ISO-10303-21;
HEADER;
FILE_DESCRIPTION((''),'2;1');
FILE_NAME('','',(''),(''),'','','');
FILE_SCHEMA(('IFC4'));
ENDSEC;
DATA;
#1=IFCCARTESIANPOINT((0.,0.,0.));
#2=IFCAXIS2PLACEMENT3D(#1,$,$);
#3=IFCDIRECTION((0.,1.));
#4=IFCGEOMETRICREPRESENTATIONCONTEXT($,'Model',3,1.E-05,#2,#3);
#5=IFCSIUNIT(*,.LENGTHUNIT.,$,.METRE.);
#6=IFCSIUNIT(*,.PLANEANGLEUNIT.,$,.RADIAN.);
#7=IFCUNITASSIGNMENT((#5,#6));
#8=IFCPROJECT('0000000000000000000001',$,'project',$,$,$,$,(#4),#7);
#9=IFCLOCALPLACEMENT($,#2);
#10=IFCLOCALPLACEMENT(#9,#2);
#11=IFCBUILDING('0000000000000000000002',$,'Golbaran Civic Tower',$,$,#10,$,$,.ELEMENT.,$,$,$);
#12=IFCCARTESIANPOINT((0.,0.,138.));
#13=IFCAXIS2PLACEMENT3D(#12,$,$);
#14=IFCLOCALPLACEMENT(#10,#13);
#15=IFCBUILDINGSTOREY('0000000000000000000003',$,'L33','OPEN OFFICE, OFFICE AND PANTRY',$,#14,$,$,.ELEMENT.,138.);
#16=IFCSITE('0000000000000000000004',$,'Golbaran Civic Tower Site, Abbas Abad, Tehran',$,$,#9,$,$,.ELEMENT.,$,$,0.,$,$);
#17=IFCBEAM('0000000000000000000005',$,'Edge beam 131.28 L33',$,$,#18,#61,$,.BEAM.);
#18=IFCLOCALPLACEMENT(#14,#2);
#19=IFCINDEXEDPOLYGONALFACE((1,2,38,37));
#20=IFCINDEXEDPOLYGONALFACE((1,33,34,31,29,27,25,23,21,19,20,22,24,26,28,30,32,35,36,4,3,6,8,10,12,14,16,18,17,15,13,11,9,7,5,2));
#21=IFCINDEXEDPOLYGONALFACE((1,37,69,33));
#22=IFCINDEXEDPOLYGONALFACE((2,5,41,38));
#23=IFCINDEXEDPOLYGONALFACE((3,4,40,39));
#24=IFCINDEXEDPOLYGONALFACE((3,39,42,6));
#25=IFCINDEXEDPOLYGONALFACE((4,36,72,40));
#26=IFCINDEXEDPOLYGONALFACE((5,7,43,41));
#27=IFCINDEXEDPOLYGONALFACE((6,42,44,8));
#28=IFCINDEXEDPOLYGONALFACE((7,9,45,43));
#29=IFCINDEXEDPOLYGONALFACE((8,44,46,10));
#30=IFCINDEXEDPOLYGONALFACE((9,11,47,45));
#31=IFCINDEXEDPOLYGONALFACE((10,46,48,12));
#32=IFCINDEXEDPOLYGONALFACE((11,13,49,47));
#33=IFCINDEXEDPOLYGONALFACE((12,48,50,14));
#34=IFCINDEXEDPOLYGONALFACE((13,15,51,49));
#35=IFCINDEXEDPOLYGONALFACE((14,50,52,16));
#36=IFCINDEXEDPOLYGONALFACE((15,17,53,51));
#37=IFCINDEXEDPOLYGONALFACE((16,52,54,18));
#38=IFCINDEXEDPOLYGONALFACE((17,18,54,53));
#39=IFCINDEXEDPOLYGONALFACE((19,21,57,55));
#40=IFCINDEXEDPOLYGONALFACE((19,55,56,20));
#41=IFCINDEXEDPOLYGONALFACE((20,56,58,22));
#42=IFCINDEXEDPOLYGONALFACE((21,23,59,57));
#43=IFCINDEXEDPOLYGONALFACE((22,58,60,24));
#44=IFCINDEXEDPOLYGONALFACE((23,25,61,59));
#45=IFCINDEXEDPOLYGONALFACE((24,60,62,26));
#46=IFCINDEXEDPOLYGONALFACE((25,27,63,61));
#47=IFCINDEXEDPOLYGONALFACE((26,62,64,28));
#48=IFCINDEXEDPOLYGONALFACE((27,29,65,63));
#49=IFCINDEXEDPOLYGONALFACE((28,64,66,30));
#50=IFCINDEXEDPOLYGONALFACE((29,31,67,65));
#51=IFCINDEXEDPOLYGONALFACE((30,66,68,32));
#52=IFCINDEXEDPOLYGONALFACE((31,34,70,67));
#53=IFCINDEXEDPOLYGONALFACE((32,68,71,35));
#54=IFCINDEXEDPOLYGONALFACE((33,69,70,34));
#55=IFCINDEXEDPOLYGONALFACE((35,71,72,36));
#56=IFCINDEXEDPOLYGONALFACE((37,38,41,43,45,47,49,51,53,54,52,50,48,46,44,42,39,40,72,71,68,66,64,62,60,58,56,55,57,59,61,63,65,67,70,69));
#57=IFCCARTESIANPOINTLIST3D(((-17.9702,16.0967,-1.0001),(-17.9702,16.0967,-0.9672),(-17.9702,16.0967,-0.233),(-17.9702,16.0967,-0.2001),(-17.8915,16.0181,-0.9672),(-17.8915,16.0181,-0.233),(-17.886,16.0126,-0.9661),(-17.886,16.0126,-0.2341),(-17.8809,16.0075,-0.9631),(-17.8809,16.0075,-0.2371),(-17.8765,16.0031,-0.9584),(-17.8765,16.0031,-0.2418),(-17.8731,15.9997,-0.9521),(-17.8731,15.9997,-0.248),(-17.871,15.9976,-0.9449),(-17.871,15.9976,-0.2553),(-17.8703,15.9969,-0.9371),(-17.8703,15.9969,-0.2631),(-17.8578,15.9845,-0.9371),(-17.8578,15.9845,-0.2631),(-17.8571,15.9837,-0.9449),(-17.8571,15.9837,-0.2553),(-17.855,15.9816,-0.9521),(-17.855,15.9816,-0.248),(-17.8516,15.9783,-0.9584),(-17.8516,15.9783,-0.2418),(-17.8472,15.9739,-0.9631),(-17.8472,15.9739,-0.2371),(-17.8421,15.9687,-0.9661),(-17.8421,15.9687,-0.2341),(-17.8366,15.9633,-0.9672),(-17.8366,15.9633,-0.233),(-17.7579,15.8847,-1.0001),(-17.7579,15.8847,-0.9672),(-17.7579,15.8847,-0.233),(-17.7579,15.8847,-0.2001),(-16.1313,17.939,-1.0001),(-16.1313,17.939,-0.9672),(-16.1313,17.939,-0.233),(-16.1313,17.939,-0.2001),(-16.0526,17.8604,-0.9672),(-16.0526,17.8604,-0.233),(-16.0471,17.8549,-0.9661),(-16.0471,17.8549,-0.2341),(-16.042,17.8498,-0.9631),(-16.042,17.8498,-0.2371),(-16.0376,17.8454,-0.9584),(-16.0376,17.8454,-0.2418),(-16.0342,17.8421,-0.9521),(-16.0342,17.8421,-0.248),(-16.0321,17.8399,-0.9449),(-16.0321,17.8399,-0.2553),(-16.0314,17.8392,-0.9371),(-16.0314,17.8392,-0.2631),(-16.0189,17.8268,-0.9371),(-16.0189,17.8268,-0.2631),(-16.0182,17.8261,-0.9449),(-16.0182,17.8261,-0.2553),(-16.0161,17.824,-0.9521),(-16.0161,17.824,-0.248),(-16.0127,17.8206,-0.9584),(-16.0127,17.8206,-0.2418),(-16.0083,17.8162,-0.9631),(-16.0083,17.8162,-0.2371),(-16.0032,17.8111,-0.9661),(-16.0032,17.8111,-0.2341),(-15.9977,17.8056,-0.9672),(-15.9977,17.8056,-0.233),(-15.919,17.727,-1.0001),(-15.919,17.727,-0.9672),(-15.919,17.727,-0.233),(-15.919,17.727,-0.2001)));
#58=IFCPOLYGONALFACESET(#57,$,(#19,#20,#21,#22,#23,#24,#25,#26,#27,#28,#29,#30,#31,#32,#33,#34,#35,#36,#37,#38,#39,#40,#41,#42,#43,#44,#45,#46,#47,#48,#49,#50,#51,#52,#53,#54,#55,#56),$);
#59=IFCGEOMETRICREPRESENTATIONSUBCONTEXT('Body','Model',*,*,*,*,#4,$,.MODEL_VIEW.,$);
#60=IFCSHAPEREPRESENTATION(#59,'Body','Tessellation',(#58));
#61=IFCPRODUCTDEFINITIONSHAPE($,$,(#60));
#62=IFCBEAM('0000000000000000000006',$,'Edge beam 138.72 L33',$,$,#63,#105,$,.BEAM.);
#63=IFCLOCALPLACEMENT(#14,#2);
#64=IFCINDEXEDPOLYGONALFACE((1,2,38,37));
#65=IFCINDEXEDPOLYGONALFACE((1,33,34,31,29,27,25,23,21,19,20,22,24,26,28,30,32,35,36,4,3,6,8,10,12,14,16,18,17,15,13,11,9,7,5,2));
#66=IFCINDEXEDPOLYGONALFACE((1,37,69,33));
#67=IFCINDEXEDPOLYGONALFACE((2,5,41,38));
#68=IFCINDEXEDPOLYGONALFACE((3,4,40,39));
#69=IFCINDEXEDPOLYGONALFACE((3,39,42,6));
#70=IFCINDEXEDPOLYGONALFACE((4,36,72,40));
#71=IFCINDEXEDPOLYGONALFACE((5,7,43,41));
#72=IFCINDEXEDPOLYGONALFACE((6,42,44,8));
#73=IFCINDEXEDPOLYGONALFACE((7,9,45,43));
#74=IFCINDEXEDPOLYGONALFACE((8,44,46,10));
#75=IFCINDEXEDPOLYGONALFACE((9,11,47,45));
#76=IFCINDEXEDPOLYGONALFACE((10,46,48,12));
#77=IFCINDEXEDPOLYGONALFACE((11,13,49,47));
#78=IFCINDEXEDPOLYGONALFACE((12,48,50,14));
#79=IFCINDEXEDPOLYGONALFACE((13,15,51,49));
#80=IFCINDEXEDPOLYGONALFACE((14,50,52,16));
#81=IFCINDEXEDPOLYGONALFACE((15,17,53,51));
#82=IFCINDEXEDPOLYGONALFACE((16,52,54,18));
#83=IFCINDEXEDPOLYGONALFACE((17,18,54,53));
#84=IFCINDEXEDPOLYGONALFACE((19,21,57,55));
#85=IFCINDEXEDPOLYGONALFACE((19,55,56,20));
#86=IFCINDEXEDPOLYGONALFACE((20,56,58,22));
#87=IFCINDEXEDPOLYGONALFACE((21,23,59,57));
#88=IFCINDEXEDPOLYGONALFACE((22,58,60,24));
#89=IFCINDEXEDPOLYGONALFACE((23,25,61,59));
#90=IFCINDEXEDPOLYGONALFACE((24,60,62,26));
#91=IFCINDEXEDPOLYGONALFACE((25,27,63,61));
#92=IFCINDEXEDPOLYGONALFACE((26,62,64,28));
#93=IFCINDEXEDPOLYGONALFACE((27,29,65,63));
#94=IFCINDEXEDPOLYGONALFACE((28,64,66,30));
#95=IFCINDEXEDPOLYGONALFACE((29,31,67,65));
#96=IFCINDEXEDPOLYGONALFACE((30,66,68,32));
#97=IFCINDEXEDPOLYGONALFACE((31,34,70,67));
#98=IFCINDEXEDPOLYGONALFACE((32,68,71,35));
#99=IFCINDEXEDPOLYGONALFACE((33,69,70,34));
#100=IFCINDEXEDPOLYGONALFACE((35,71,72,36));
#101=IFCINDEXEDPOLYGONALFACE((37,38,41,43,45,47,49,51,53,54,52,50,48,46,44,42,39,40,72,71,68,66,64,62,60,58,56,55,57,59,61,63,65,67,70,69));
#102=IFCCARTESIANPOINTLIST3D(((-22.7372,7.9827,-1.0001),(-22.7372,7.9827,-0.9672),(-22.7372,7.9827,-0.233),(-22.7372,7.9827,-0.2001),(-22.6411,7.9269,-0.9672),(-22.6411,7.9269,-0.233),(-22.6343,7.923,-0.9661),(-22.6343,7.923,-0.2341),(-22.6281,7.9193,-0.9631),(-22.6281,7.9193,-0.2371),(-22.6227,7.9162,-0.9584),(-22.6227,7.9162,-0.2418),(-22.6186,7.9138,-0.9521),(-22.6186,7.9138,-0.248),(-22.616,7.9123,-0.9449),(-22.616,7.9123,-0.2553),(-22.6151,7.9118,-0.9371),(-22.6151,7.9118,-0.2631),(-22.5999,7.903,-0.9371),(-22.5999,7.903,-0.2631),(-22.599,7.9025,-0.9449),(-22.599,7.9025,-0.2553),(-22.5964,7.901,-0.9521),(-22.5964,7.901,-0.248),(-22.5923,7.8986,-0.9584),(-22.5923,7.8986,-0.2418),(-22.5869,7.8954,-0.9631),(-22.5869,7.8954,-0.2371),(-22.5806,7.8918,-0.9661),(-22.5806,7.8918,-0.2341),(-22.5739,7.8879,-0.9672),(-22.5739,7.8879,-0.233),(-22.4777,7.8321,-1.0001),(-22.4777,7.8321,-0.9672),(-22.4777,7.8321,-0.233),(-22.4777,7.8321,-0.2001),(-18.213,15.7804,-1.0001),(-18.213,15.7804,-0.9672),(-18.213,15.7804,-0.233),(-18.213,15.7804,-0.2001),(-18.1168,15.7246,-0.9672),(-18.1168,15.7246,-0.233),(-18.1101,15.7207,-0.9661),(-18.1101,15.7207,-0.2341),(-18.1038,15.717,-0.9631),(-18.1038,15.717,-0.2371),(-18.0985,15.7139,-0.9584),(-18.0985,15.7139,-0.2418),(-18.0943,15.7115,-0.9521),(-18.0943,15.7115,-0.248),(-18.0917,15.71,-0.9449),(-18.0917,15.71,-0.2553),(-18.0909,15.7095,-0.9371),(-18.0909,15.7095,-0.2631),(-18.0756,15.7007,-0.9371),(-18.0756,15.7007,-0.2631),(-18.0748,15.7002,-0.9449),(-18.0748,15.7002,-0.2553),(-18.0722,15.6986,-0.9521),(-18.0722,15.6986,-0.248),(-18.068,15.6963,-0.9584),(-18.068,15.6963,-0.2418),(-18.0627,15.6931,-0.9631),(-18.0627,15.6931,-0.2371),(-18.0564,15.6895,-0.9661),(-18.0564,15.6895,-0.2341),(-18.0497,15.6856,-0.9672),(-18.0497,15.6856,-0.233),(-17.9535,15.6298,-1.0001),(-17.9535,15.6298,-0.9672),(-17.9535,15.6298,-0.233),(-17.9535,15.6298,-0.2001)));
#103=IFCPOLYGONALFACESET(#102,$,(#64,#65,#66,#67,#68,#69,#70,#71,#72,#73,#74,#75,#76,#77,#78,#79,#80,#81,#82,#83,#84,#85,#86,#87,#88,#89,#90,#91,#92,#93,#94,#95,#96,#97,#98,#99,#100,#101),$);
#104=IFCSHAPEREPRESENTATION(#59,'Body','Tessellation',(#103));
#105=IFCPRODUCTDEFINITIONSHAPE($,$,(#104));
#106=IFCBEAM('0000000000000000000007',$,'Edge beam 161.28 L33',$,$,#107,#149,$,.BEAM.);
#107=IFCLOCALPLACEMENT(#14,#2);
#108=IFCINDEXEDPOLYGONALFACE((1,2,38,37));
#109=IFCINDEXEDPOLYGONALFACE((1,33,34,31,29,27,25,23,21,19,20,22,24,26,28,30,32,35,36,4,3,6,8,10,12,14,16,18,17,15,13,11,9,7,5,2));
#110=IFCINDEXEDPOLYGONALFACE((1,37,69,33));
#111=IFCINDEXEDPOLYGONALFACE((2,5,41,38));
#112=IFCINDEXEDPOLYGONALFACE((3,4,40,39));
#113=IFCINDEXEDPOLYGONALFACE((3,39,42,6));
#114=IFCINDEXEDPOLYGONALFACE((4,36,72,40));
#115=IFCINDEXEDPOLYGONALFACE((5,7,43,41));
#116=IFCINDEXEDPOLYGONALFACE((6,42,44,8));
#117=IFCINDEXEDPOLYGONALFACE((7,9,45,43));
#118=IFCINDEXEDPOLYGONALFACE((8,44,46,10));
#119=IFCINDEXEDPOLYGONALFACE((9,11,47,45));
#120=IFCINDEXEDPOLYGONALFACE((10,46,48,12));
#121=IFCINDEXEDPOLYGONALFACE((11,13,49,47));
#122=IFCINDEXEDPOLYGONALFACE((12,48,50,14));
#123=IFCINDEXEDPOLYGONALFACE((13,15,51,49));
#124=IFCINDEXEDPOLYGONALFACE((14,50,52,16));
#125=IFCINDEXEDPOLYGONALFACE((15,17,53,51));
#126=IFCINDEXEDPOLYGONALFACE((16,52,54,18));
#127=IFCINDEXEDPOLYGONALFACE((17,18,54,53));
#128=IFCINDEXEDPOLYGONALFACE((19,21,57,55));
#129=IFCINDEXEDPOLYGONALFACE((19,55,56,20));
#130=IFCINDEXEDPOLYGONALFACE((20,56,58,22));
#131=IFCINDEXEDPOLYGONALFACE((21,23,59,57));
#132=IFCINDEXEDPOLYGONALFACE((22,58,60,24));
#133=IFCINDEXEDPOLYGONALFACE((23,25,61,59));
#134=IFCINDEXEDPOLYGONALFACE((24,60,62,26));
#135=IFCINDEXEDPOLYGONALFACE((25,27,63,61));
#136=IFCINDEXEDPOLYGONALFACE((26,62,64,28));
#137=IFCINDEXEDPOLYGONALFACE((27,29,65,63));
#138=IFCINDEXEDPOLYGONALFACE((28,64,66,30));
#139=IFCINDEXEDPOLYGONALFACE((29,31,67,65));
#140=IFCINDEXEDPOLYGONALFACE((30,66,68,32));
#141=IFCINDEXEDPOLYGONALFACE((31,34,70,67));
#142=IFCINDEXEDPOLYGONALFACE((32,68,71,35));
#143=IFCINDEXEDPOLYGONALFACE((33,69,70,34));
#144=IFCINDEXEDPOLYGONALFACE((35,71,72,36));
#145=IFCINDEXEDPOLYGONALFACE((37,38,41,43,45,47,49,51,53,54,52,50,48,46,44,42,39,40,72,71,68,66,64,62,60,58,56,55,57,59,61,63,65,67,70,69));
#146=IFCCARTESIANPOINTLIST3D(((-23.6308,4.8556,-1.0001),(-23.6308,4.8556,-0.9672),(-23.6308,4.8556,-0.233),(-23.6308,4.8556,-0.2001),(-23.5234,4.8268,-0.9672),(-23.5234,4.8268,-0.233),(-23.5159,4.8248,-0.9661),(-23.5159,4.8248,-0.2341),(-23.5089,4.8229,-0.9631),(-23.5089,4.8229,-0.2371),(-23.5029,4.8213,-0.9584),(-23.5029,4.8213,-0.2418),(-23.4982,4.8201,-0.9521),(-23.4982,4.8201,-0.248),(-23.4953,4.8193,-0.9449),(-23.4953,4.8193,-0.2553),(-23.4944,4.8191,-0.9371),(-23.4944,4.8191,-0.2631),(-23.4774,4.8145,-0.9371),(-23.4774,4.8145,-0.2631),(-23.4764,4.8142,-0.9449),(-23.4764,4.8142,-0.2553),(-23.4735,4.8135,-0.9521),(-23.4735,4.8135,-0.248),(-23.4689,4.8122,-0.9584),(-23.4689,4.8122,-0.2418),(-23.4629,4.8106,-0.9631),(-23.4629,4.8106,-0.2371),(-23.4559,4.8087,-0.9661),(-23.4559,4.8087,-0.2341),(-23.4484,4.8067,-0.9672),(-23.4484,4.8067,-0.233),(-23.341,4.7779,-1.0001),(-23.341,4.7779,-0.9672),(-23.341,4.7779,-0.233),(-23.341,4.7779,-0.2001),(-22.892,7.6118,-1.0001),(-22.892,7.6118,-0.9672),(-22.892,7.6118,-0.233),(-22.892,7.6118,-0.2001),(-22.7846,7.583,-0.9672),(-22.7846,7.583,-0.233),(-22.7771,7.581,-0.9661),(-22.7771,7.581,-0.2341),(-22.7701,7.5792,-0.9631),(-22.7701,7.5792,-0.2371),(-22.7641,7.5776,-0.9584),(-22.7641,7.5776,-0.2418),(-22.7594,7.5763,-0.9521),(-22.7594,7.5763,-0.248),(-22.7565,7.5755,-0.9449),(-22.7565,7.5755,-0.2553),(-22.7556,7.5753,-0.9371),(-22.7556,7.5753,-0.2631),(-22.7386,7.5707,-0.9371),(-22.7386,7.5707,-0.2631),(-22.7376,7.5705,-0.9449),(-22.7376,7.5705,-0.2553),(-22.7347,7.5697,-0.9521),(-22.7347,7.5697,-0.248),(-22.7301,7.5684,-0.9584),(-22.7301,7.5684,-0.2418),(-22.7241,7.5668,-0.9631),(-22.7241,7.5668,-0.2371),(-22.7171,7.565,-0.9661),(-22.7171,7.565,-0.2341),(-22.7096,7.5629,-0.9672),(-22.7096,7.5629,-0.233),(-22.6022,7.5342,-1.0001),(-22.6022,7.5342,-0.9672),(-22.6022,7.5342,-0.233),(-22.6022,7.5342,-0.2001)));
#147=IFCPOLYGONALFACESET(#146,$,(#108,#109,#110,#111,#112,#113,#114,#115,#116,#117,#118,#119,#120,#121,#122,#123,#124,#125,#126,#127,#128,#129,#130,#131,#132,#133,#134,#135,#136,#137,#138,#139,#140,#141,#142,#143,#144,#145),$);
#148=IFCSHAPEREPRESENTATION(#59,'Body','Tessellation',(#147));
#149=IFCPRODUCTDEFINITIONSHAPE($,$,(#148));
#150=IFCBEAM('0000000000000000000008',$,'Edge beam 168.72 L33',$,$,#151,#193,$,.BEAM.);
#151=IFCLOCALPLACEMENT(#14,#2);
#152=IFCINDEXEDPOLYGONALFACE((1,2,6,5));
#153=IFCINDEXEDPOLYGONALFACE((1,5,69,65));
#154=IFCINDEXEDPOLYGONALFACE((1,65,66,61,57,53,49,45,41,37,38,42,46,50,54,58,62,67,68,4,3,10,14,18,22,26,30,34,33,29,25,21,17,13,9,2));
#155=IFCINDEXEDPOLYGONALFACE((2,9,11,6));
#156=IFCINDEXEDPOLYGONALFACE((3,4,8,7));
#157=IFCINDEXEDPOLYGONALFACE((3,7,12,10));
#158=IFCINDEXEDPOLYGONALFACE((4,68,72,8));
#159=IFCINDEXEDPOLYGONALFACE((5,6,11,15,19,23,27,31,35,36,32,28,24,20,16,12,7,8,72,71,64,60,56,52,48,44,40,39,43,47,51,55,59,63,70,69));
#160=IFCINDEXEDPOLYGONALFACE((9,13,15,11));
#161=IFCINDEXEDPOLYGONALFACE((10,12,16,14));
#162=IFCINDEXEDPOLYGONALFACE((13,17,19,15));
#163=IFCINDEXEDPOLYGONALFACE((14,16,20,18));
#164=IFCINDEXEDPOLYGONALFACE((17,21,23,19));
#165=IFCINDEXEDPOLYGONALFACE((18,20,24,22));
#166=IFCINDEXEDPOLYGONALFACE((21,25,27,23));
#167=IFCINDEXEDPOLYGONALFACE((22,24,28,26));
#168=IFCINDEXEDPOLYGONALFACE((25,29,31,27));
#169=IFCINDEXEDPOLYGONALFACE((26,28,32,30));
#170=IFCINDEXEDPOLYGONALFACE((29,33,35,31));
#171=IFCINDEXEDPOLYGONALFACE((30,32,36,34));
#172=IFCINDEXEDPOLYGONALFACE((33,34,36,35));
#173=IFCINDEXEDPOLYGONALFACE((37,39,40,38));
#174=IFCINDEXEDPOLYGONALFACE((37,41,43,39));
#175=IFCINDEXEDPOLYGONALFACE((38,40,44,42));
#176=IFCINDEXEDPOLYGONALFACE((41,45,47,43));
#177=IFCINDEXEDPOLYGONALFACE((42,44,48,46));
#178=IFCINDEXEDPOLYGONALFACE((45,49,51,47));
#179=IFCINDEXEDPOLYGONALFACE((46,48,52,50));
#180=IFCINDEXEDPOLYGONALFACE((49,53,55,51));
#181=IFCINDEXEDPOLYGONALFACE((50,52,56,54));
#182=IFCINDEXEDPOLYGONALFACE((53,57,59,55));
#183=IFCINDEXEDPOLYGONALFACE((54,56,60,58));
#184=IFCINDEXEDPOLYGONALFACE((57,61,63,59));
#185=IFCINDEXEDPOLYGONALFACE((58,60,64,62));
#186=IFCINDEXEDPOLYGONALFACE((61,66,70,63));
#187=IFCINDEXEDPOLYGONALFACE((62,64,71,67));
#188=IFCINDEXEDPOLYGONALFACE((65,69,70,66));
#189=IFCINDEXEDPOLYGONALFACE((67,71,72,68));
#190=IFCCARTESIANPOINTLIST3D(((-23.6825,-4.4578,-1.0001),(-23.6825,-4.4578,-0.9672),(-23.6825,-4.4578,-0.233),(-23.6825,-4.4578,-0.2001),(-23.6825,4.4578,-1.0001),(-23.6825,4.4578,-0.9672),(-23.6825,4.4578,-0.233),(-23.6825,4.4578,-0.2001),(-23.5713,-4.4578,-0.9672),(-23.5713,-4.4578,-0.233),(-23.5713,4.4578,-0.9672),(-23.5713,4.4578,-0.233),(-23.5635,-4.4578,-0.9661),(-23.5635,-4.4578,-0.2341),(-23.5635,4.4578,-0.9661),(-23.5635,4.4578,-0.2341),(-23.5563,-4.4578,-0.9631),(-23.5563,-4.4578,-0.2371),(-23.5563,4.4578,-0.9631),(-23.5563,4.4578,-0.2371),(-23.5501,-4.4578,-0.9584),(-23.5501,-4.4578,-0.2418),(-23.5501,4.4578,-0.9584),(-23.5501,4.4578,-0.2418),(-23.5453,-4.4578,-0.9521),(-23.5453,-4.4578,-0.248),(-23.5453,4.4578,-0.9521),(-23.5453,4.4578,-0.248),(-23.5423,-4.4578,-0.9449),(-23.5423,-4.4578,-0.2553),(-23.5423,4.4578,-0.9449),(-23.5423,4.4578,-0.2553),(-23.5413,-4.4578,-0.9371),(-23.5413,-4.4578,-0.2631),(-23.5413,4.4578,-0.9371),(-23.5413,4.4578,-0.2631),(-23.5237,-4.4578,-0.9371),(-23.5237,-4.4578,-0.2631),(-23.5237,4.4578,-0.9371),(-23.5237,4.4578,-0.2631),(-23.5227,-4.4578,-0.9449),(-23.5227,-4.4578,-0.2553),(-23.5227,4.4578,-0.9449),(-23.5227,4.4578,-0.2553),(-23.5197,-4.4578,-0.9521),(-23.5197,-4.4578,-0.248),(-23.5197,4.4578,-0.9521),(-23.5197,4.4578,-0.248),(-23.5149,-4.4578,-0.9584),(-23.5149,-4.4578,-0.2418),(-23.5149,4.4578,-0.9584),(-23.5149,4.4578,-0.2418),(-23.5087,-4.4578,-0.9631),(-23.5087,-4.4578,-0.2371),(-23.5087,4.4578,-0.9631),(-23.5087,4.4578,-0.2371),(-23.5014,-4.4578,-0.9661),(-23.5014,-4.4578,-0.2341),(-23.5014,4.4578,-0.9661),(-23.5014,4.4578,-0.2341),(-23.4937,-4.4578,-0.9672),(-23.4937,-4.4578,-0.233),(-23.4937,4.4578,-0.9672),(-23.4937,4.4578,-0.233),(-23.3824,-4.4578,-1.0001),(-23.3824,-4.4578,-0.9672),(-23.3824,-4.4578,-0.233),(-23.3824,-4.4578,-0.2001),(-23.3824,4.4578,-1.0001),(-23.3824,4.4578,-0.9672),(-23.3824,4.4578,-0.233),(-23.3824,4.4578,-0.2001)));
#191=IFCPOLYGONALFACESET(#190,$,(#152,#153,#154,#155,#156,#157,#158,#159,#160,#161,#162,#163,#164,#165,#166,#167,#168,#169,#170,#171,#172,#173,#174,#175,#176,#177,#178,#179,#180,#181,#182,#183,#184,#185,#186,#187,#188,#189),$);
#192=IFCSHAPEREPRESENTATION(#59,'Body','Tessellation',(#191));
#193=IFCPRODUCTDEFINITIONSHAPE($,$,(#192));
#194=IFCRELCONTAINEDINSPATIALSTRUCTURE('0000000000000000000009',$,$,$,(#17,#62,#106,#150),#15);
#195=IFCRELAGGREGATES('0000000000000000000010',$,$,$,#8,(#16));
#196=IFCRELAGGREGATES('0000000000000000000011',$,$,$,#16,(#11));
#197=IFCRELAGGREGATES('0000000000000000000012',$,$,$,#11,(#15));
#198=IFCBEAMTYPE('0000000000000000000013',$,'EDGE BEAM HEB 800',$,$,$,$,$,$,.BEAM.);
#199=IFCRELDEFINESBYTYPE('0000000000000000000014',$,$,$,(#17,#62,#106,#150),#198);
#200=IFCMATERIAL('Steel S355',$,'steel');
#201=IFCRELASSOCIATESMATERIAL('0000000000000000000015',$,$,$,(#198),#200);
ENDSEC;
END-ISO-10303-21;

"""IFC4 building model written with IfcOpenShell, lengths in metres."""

from ifc_helpers import new_model, si_unit, direction, frame, origin, origin_2d, place, context, subcontext, project, spatial, i_section, extrude, material, material_profile, profile_set, type_object, element, save


model = new_model("IFC4")

# Units and contexts
model_context = context("Model", 3, precision=1e-05, world=origin(), true_north=direction((0.0, 1.0)))
body_context = subcontext(model_context, "Body", "Model", "MODEL_VIEW")
ifc_project = project(units=[si_unit("LENGTHUNIT", "METRE"), si_unit("PLANEANGLEUNIT", "RADIAN")], contexts=[model_context])

# Site, building, storey
site_placement = place(None, origin())
site = spatial("IfcSite", under=ifc_project, at=site_placement, Name="Golbaran Civic Tower Site, Abbas Abad, Tehran", CompositionType="ELEMENT", RefElevation=0.0)
building_placement = place(site_placement, origin())
building = spatial("IfcBuilding", under=site, at=building_placement, Name="Golbaran Civic Tower", CompositionType="ELEMENT")
storey_placement = place(building_placement, frame((0.0, 0.0, 138.0)))
storey = spatial("IfcBuildingStorey", under=building, at=storey_placement, Name="L33", Description="OPEN OFFICE, OFFICE AND PANTRY", CompositionType="ELEMENT", Elevation=138.0)

# Beams
ifc_material_1 = material(Name="Steel S355", Category="steel")
ifc_material_profile_1 = material_profile(ifc_material_1, i_section(OverallWidth=0.3, OverallDepth=0.8, WebThickness=0.0176, FlangeThickness=0.033, FilletRadius=0.03, at=origin_2d()), Name="HEB 800")
ifc_profile_set_1 = profile_set([ifc_material_profile_1], Name="Steel S355")
beam_type_1 = type_object("IfcBeamType", Name="EDGE BEAM HEB 800", PredefinedType="BEAM", material=ifc_profile_set_1)
beam_1_placement = place(storey_placement, frame((-16.0251, 17.833, -0.6001), z_axis=(-0.70645, -0.707763, 0.0), x_axis=(0.707763, -0.70645, 0.0)))
element("IfcBeam", 1, at=beam_1_placement, inside=storey, type_object=beam_type_1, Name="Edge beam 131.28 L33", PredefinedType="BEAM", context=body_context, shape_type="SweptSolid", body=[
    extrude(i_section(OverallWidth=0.3, OverallDepth=0.8, WebThickness=0.0176, FlangeThickness=0.033, FilletRadius=0.03, at=origin_2d()), origin(), (0.0, 0.0, 1.0), 2.603),
])
beam_2_placement = place(storey_placement, frame((-18.0833, 15.7051, -0.6001), z_axis=(-0.501847, -0.864956, 0.0), x_axis=(0.864956, -0.501847, 0.0)))
element("IfcBeam", 2, at=beam_2_placement, inside=storey, type_object=beam_type_1, Name="Edge beam 138.72 L33", PredefinedType="BEAM", context=body_context, shape_type="SweptSolid", body=[
    extrude(i_section(OverallWidth=0.3, OverallDepth=0.8, WebThickness=0.0176, FlangeThickness=0.033, FilletRadius=0.03, at=origin_2d()), origin(), (0.0, 0.0, 1.0), 9.0151),
])
beam_3_placement = place(storey_placement, frame((-22.7471, 7.573, -0.6001), z_axis=(-0.258909, -0.965902, 0.0), x_axis=(0.965902, -0.258909, 0.0)))
element("IfcBeam", 3, at=beam_3_placement, inside=storey, type_object=beam_type_1, Name="Edge beam 161.28 L33", PredefinedType="BEAM", context=body_context, shape_type="SweptSolid", body=[
    extrude(i_section(OverallWidth=0.3, OverallDepth=0.8, WebThickness=0.0176, FlangeThickness=0.033, FilletRadius=0.03, at=origin_2d()), origin(), (0.0, 0.0, 1.0), 2.8535),
])
beam_4_placement = place(storey_placement, frame((-23.5325, 4.4578, -0.6001), z_axis=(0.0, -1.0, 0.0), x_axis=(1.0, 0.0, 0.0)))
element("IfcBeam", 4, at=beam_4_placement, inside=storey, type_object=beam_type_1, Name="Edge beam 168.72 L33", PredefinedType="BEAM", context=body_context, shape_type="SweptSolid", body=[
    extrude(i_section(OverallWidth=0.3, OverallDepth=0.8, WebThickness=0.0176, FlangeThickness=0.033, FilletRadius=0.03, at=origin_2d()), origin(), (0.0, 0.0, 1.0), 8.9155),
])

save(model, "model.ifc")
